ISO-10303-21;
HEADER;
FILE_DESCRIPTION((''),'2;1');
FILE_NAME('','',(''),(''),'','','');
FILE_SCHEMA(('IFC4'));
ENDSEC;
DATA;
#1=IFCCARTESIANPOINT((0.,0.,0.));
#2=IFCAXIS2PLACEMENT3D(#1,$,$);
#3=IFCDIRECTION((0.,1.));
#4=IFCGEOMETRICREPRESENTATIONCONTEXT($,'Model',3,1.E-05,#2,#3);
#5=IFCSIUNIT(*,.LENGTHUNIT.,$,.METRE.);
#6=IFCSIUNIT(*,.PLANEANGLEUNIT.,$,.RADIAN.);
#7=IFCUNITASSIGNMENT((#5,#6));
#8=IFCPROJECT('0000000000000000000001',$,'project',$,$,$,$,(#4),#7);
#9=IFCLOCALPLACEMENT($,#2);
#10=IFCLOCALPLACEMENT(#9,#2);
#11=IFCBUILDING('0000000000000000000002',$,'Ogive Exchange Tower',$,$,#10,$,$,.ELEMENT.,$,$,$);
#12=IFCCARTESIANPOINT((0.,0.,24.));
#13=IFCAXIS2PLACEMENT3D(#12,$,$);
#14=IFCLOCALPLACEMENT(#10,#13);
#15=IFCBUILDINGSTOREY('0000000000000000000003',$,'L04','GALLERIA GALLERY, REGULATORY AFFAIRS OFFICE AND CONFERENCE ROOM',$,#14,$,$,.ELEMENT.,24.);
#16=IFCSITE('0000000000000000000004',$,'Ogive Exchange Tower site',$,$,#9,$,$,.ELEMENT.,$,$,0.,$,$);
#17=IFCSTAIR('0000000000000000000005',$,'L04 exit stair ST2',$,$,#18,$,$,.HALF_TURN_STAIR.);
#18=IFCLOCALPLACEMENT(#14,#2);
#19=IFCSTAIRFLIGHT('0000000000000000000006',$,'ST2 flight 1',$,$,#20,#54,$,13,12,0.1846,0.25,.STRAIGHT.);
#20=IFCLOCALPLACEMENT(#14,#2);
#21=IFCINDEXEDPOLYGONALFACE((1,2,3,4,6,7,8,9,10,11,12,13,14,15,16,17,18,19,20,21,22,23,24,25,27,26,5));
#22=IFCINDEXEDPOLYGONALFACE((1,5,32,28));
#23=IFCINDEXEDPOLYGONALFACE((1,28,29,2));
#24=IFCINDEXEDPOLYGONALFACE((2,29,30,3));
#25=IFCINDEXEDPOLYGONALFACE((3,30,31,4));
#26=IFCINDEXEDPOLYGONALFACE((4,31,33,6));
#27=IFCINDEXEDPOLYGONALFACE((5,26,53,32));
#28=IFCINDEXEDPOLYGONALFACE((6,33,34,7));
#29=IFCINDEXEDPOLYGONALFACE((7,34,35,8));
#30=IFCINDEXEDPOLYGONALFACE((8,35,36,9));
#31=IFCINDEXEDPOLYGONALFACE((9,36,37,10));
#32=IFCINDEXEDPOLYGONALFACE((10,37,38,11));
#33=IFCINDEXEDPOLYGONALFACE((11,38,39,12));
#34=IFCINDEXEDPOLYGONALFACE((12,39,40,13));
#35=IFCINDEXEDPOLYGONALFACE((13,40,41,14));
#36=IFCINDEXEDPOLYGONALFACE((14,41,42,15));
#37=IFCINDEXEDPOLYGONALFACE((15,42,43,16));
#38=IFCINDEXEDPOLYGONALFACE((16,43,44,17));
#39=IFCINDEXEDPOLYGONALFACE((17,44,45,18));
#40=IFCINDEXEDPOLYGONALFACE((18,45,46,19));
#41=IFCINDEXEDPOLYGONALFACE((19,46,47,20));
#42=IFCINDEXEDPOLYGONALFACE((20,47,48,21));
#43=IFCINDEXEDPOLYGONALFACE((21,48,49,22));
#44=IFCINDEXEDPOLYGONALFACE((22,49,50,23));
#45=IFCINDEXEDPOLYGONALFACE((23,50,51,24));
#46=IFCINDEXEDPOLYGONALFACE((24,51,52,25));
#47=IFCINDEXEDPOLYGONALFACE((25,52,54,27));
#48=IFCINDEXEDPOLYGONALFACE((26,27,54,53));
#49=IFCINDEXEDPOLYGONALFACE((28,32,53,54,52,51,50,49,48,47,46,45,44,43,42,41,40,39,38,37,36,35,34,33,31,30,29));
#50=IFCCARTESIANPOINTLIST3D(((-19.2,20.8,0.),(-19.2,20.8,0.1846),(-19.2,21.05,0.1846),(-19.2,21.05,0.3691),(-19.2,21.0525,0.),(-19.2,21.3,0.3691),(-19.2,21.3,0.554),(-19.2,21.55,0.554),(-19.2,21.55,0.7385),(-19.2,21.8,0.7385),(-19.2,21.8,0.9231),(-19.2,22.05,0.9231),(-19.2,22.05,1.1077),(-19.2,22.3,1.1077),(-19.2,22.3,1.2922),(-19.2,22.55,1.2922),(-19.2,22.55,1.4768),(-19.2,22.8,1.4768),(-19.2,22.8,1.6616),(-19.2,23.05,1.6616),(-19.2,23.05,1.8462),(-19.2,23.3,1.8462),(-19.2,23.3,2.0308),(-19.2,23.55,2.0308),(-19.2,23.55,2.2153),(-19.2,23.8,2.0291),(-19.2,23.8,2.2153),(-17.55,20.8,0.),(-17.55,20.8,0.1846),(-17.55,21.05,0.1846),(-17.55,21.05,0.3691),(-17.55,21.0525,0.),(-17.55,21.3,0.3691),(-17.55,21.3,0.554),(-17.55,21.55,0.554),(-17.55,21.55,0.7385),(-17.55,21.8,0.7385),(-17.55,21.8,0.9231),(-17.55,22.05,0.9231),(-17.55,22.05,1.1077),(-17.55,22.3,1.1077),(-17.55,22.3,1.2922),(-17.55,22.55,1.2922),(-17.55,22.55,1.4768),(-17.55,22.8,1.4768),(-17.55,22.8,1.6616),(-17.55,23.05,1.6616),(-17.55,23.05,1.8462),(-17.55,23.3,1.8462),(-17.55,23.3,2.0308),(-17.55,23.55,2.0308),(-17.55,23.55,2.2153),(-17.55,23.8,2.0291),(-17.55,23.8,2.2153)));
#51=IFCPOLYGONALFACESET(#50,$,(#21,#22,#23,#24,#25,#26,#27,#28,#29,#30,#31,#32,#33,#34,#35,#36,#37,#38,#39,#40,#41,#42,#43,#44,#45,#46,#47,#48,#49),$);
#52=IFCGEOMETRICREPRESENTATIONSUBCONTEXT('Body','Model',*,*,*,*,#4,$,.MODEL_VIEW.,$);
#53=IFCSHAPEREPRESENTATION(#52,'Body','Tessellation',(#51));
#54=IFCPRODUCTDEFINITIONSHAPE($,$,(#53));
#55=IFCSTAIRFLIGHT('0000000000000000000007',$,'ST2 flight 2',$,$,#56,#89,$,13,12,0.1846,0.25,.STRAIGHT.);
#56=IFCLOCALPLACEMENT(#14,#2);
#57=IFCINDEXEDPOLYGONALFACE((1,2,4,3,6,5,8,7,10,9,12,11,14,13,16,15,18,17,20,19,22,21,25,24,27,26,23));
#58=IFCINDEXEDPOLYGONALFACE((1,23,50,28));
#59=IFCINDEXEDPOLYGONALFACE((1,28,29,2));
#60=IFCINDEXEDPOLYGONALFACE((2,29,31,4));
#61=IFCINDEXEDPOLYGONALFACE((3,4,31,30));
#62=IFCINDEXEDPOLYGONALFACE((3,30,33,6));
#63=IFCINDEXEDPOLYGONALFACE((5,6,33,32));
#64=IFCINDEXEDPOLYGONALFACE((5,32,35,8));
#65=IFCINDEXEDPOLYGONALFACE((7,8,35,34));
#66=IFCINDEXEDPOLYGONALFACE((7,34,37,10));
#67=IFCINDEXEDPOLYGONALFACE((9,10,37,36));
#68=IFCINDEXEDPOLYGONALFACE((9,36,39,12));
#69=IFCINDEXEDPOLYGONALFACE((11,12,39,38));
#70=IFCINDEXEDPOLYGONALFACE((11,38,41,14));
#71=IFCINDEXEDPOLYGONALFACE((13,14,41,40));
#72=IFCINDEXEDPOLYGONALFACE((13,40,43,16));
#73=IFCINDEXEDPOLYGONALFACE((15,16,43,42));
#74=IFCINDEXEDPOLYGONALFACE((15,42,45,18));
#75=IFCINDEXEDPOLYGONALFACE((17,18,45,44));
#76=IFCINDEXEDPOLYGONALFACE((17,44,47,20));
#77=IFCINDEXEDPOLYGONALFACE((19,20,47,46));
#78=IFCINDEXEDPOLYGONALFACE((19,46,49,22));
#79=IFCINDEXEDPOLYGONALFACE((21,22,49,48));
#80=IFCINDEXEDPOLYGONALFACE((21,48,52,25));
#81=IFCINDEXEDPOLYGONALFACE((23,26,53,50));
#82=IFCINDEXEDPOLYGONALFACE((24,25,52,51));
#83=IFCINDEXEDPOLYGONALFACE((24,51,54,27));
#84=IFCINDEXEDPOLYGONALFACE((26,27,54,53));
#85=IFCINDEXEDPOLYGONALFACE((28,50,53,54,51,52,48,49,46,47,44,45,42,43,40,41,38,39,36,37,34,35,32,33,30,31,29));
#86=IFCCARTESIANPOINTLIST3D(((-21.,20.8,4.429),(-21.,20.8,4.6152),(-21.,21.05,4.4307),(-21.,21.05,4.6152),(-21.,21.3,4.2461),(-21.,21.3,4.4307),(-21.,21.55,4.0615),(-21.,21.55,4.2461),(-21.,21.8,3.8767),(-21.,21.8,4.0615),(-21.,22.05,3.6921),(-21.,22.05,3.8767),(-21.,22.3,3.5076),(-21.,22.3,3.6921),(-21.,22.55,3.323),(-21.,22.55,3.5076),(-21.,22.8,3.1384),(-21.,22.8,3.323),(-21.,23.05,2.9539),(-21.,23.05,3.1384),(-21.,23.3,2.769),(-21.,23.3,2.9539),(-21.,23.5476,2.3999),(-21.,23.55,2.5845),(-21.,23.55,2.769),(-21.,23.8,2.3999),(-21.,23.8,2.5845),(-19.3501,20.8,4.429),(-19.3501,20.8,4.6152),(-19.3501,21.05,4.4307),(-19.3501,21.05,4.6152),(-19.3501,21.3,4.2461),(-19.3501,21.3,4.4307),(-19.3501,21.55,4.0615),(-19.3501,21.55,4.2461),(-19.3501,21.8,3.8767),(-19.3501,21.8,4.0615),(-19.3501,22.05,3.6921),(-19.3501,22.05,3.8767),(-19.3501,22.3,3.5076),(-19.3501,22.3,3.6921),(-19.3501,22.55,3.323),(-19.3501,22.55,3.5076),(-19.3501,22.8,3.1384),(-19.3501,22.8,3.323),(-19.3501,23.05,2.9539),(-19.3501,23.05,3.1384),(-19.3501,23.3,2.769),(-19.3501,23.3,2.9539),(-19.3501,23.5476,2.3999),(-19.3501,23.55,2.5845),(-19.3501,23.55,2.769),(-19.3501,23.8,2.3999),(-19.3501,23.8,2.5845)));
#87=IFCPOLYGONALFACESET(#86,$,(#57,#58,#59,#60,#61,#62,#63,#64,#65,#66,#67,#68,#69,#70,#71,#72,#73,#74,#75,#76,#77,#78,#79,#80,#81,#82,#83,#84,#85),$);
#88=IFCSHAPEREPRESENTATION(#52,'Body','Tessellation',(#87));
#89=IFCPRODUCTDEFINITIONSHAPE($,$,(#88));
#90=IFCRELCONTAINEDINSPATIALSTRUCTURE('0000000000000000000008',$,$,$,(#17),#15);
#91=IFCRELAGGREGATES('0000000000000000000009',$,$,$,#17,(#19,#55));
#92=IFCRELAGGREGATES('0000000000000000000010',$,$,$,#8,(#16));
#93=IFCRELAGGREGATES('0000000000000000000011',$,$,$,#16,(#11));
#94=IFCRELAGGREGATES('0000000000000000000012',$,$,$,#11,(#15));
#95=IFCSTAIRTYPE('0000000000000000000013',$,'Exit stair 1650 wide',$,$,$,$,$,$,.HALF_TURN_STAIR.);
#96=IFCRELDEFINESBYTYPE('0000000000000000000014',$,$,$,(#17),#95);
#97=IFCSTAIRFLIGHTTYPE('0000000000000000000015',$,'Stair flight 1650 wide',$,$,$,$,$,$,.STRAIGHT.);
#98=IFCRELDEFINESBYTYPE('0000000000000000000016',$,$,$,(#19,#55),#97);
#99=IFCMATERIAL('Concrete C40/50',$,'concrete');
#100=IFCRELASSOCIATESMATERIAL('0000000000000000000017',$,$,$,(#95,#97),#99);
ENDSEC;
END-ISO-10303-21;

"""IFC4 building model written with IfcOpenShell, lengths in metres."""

from ifc_helpers import new_model, si_unit, direction, frame, origin, place, context, subcontext, project, spatial, polyline, outline, extrude, material, type_object, element, aggregate, save


model = new_model("IFC4")

# Units and contexts
model_context = context("Model", 3, precision=1e-05, world=origin(), true_north=direction((0.0, 1.0)))
body_context = subcontext(model_context, "Body", "Model", "MODEL_VIEW")
ifc_project = project(units=[si_unit("LENGTHUNIT", "METRE"), si_unit("PLANEANGLEUNIT", "RADIAN")], contexts=[model_context])

# Site, building, storey
site_placement = place(None, origin())
site = spatial("IfcSite", under=ifc_project, at=site_placement, Name="Ogive Exchange Tower site", CompositionType="ELEMENT", RefElevation=0.0)
building_placement = place(site_placement, origin())
building = spatial("IfcBuilding", under=site, at=building_placement, Name="Ogive Exchange Tower", CompositionType="ELEMENT")
storey_placement = place(building_placement, frame((0.0, 0.0, 24.0)))
storey = spatial("IfcBuildingStorey", under=building, at=storey_placement, Name="L04", Description="GALLERIA GALLERY, REGULATORY AFFAIRS OFFICE AND CONFERENCE ROOM", CompositionType="ELEMENT", Elevation=24.0)

# Stair, stair flights
ifc_material_1 = material(Name="Concrete C40/50", Category="concrete")
stair_type = type_object("IfcStairType", Name="Exit stair 1650 wide", PredefinedType="HALF_TURN_STAIR", material=ifc_material_1)
stair_placement = place(storey_placement, origin())
stair = element("IfcStair", 1, at=stair_placement, inside=storey, type_object=stair_type, Name="L04 exit stair ST2", PredefinedType="HALF_TURN_STAIR")
stair_flight_type = type_object("IfcStairFlightType", Name="Stair flight 1650 wide", PredefinedType="STRAIGHT", material=ifc_material_1)
stair_flight_1_placement = place(storey_placement, frame((-18.375, 20.8, 0.0), z_axis=(0.0, 0.0, 1.0), x_axis=(0.0, 1.0, 0.0)))
stair_flight_1 = element("IfcStairFlight", 2, at=stair_flight_1_placement, type_object=stair_flight_type, Name="ST2 flight 1", NumberOfRisers=13, NumberOfTreads=12, PredefinedType="STRAIGHT", RiserHeight=0.1846, TreadLength=0.25, context=body_context, shape_type="SweptSolid", body=[
    extrude(outline(polyline([(0.0, 0.0), (0.0, 0.1846), (0.25, 0.1846), (0.25, 0.3691), (0.5, 0.3691), (0.5, 0.554), (0.75, 0.554), (0.75, 0.7385), (1.0, 0.7385), (1.0, 0.9231), (1.25, 0.9231), (1.25, 1.1077), (1.5, 1.1077), (1.5, 1.2922), (1.75, 1.2922), (1.75, 1.4768), (2.0, 1.4768), (2.0, 1.6616), (2.25, 1.6616), (2.25, 1.8462), (2.5, 1.8462), (2.5, 2.0308), (2.75, 2.0308), (2.75, 2.2153), (3.0, 2.2153), (3.0, 2.3999), (3.0, 2.0291), (0.2524, 0.0), (0.0, 0.0)])), frame((0.0, 0.825, 0.0), z_axis=(0.0, -1.0, 0.0), x_axis=(1.0, 0.0, 0.0)), (0.0, 0.0, 1.0), 1.6499),
])
stair_flight_2_placement = place(storey_placement, frame((-20.175, 23.8, 2.3999), z_axis=(0.0, 0.0, 1.0), x_axis=(0.0, -1.0, 0.0)))
stair_flight_2 = element("IfcStairFlight", 3, at=stair_flight_2_placement, type_object=stair_flight_type, Name="ST2 flight 2", NumberOfRisers=13, NumberOfTreads=12, PredefinedType="STRAIGHT", RiserHeight=0.1846, TreadLength=0.25, context=body_context, shape_type="SweptSolid", body=[
    extrude(outline(polyline([(0.0, 0.0), (0.0, 0.1846), (0.25, 0.1846), (0.25, 0.3691), (0.5, 0.3691), (0.5, 0.554), (0.75, 0.554), (0.75, 0.7385), (1.0, 0.7385), (1.0, 0.9231), (1.25, 0.9231), (1.25, 1.1077), (1.5, 1.1077), (1.5, 1.2922), (1.75, 1.2922), (1.75, 1.4768), (2.0, 1.4768), (2.0, 1.6616), (2.25, 1.6616), (2.25, 1.8462), (2.5, 1.8462), (2.5, 2.0308), (2.75, 2.0308), (2.75, 2.2153), (3.0, 2.2153), (3.0, 2.3999), (3.0, 2.0291), (0.2524, 0.0), (0.0, 0.0)])), frame((0.0, 0.825, 0.0), z_axis=(0.0, -1.0, 0.0), x_axis=(1.0, 0.0, 0.0)), (0.0, 0.0, 1.0), 1.6499),
])
aggregate(stair, [stair_flight_1, stair_flight_2])

save(model, "model.ifc")
